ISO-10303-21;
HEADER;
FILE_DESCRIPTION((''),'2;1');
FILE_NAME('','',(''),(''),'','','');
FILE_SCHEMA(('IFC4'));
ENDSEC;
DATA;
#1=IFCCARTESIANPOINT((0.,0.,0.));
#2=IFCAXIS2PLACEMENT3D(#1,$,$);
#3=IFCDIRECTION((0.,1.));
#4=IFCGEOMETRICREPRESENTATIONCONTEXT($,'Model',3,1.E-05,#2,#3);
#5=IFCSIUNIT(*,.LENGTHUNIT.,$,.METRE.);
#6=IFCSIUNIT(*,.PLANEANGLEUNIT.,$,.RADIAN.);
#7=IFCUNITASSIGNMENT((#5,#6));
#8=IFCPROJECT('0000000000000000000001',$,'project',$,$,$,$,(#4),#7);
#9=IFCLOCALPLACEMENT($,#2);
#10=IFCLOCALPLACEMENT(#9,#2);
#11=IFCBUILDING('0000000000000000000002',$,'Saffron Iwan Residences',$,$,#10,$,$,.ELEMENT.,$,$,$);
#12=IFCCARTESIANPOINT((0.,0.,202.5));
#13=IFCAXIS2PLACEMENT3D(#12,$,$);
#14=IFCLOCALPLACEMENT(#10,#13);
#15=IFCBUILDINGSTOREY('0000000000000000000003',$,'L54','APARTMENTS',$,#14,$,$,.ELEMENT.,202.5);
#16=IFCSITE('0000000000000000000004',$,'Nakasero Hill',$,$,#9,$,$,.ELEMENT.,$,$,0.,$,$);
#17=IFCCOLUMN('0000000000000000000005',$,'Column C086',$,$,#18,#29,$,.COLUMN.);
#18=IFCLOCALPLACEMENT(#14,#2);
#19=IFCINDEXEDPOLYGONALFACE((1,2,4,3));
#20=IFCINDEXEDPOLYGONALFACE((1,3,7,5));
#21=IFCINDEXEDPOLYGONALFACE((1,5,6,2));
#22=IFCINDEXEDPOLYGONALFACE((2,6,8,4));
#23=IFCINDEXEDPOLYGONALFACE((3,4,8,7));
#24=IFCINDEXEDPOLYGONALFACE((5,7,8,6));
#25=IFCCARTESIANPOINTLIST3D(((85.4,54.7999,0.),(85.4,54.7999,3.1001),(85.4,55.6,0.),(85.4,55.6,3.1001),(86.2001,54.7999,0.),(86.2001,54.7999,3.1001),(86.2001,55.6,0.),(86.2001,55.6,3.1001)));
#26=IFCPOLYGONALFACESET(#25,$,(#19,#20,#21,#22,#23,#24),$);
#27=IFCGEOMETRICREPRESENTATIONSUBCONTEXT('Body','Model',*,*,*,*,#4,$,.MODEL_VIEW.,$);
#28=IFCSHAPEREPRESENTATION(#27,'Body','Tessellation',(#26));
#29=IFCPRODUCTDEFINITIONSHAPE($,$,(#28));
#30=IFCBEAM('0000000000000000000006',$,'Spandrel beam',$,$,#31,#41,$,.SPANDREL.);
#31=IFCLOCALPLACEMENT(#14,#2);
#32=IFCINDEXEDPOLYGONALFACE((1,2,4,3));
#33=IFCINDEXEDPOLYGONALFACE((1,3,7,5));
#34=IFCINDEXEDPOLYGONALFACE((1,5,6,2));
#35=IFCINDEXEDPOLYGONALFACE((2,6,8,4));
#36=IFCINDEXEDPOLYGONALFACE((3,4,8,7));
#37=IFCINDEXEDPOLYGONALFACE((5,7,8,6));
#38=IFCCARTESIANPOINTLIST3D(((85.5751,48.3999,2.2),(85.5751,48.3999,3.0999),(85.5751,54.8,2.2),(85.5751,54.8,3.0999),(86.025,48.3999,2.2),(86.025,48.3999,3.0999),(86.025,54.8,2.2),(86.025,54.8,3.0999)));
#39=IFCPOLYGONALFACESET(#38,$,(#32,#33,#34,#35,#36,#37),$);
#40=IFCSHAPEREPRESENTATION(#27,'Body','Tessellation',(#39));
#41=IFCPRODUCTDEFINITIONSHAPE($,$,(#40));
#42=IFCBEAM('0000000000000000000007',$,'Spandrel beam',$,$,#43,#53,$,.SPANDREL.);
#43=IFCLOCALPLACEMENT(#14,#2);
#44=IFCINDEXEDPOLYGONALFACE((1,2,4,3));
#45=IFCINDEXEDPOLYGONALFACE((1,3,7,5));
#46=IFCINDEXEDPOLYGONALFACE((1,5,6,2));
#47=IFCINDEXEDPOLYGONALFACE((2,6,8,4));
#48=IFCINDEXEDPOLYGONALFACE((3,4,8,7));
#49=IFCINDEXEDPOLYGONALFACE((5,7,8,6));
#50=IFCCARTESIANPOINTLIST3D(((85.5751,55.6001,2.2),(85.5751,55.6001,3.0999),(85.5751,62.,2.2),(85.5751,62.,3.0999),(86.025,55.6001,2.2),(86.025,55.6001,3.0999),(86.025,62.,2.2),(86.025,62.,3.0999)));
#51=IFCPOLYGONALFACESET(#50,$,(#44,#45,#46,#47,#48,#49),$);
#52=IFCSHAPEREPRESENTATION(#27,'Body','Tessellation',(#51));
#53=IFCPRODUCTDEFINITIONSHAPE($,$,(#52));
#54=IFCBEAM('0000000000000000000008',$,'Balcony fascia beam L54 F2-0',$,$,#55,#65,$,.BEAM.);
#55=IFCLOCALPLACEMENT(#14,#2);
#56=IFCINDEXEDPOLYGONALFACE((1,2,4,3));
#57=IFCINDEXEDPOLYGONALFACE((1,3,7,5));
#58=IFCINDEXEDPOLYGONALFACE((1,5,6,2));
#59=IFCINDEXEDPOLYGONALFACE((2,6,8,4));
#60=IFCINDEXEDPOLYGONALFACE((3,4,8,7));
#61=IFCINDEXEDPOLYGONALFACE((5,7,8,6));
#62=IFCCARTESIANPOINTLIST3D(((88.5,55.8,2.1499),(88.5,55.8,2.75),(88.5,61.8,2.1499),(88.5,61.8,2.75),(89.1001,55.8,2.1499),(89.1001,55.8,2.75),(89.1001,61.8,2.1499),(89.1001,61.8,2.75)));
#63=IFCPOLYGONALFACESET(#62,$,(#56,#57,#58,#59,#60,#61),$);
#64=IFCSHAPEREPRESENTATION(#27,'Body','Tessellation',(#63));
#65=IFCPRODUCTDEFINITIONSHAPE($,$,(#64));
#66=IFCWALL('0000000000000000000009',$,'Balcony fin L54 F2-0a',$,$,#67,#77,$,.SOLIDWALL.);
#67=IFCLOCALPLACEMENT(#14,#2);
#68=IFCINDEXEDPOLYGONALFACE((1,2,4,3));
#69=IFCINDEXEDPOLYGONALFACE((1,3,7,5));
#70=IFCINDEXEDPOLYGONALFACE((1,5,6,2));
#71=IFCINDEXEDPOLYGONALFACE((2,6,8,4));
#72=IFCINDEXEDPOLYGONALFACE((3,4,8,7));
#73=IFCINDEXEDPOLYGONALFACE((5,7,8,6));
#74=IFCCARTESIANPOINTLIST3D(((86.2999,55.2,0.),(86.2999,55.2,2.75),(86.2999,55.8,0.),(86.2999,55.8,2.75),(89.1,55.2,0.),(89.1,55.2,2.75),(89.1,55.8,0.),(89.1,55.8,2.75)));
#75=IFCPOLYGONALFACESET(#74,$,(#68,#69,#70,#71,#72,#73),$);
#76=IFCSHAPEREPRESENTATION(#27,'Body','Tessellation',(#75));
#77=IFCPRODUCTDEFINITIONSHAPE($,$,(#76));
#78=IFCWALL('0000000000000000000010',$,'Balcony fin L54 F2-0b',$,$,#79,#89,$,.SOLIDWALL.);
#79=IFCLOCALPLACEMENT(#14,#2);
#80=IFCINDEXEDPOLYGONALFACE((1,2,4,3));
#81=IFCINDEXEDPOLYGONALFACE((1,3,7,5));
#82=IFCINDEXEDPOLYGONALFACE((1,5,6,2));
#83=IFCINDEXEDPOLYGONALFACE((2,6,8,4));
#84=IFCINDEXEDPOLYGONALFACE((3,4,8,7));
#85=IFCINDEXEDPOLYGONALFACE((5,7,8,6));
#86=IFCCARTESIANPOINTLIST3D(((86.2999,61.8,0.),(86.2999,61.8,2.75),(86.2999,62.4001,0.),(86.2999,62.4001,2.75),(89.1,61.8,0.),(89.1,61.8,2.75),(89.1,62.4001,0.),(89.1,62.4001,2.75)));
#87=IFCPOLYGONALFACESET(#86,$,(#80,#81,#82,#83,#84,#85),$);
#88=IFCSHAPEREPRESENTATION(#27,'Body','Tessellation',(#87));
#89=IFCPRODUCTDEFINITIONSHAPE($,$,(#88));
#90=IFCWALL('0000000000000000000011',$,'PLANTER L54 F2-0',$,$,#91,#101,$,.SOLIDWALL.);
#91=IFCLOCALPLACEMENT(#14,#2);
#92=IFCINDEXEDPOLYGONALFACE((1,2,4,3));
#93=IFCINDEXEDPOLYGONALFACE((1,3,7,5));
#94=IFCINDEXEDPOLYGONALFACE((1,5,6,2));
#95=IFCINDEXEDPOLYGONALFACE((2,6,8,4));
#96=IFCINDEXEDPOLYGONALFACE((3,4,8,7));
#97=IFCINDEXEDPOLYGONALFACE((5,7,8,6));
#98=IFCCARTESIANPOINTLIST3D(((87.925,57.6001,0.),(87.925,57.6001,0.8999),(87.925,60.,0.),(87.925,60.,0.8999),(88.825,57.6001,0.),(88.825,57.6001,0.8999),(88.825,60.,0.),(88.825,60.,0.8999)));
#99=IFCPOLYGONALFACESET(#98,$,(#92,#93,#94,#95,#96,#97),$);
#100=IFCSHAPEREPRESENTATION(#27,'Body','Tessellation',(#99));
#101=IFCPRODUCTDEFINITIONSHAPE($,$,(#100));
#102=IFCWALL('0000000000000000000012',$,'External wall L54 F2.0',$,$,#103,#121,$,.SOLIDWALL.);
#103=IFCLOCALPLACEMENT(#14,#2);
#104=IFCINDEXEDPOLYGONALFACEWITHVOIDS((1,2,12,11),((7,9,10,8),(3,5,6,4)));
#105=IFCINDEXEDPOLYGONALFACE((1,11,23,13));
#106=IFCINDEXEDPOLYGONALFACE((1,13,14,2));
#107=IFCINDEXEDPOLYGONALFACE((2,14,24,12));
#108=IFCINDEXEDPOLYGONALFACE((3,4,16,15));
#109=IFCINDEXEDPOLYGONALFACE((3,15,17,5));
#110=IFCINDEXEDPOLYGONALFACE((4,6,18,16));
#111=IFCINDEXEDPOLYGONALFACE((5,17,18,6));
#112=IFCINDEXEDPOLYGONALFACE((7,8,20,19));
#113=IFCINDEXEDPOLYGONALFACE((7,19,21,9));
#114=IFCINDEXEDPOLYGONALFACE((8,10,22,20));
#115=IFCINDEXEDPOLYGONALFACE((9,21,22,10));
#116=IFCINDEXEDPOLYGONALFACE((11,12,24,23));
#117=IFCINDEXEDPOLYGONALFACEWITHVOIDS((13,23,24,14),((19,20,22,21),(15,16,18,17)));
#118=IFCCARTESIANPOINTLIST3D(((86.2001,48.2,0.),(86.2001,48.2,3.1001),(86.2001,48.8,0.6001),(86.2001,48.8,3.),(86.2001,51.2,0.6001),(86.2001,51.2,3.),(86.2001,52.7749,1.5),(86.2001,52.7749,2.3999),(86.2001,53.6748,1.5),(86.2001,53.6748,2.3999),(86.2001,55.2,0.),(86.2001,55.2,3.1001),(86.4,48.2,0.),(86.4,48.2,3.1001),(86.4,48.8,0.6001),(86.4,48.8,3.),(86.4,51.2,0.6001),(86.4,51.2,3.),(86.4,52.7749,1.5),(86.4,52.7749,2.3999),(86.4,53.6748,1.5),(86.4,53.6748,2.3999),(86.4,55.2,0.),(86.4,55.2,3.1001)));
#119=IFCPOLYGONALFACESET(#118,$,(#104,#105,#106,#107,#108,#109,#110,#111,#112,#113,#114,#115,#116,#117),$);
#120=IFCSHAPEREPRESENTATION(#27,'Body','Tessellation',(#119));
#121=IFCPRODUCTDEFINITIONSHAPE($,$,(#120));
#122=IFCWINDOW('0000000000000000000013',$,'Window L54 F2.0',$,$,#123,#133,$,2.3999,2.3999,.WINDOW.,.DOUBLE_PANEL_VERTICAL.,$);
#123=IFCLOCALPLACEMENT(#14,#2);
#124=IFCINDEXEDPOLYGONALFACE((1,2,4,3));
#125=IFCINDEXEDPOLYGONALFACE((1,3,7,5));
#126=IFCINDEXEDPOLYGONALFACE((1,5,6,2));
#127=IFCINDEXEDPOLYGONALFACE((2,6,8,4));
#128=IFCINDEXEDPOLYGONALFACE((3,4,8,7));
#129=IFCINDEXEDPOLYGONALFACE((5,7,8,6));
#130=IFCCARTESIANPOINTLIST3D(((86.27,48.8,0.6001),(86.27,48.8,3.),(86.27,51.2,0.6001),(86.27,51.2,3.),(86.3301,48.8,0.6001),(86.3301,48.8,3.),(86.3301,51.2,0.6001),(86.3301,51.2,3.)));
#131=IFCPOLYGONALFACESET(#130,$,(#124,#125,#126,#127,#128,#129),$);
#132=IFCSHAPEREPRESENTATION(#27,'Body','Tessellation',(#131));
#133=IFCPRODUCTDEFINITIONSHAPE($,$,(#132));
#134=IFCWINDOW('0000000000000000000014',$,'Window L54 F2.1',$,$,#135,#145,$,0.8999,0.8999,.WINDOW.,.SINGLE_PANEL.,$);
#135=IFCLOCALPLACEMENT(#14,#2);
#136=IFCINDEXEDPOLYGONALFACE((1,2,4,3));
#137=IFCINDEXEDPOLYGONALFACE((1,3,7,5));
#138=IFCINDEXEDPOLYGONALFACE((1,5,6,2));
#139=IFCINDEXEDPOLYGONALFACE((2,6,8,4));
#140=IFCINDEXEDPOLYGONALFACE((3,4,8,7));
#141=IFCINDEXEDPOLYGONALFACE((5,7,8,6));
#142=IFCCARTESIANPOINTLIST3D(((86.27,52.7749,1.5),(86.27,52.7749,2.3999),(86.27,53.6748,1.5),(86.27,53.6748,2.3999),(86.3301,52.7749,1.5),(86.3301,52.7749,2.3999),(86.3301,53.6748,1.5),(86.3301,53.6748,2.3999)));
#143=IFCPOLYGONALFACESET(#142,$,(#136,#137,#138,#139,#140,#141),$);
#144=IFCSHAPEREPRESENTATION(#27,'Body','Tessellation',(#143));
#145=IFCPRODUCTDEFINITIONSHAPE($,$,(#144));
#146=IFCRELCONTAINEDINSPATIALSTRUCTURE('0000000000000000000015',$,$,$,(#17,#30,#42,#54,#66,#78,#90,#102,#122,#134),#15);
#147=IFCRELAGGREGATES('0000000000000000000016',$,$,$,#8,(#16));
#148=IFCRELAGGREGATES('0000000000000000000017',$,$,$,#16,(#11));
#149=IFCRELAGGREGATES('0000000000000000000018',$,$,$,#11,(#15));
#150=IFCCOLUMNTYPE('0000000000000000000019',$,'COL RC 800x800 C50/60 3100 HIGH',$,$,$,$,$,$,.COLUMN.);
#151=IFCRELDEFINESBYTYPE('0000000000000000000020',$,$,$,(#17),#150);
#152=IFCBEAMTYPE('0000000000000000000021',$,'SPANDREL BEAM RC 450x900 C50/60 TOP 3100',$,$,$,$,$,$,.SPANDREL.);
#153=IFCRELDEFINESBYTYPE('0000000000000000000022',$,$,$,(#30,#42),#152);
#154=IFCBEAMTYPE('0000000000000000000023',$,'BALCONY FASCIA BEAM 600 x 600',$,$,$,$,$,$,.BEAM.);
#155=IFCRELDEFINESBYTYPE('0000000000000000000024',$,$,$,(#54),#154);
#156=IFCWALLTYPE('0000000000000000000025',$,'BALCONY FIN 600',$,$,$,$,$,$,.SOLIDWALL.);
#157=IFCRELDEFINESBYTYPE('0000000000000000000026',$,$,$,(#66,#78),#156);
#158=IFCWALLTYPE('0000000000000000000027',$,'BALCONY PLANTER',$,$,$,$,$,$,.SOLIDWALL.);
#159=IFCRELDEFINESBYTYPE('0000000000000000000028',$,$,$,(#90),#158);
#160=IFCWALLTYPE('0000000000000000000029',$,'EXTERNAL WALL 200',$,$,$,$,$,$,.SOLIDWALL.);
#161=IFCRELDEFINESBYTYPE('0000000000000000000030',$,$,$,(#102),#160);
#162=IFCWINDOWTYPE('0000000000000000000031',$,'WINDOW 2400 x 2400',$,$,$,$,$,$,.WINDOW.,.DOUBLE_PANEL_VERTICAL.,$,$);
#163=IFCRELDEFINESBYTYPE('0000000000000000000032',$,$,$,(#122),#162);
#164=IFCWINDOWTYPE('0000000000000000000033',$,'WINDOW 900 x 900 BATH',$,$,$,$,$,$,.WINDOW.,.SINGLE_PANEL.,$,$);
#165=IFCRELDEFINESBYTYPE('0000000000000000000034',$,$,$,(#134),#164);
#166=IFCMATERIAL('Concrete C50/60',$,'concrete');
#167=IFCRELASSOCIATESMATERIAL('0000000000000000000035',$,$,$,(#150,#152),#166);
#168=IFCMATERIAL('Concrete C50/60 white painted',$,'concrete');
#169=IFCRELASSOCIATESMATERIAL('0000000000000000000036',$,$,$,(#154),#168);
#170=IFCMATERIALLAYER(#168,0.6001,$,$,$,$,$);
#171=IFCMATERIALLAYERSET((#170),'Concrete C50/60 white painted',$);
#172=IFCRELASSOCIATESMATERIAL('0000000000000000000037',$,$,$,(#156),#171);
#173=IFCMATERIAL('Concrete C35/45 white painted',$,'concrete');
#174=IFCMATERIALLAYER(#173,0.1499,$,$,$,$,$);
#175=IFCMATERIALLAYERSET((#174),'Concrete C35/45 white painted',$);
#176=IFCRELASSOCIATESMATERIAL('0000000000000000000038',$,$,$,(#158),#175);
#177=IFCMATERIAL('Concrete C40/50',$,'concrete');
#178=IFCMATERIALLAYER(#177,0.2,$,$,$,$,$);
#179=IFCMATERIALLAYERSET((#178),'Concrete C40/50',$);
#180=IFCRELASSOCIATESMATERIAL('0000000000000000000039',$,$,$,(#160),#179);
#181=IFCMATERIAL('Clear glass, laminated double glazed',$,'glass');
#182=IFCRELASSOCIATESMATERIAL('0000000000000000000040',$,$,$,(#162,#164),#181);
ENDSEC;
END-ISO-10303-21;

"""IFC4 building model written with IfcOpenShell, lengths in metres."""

from ifc_helpers import new_model, si_unit, direction, frame, frame_2d, origin, origin_2d, place, context, subcontext, project, spatial, rectangle, extrude, source, transform, mapped, material, layer, layer_set, material_profile, profile_set, type_object, element, fill, save


model = new_model("IFC4")

# Units and contexts
model_context = context("Model", 3, precision=1e-05, world=origin(), true_north=direction((0.0, 1.0)))
body_context = subcontext(model_context, "Body", "Model", "MODEL_VIEW")
ifc_project = project(units=[si_unit("LENGTHUNIT", "METRE"), si_unit("PLANEANGLEUNIT", "RADIAN")], contexts=[model_context])

# Site, building, storey
site_placement = place(None, origin())
site = spatial("IfcSite", under=ifc_project, at=site_placement, Name="Nakasero Hill", CompositionType="ELEMENT", RefElevation=0.0)
building_placement = place(site_placement, origin())
building = spatial("IfcBuilding", under=site, at=building_placement, Name="Saffron Iwan Residences", CompositionType="ELEMENT")
storey_placement = place(building_placement, frame((0.0, 0.0, 202.5)))
storey = spatial("IfcBuildingStorey", under=building, at=storey_placement, Name="L54", Description="APARTMENTS", CompositionType="ELEMENT", Elevation=202.5)

# Column
ifc_material_1 = material(Name="Concrete C50/60", Category="concrete")
ifc_material_profile_1 = material_profile(ifc_material_1, rectangle(XDim=0.8, YDim=0.8, at=origin_2d()), Name="RC 800x800")
ifc_profile_set_1 = profile_set([ifc_material_profile_1], Name="Concrete C50/60")
column_type = type_object("IfcColumnType", Name="COL RC 800x800 C50/60 3100 HIGH", PredefinedType="COLUMN", material=ifc_profile_set_1)
shared_shape_1 = source(origin(), body_context, "Body", "SweptSolid", [
    extrude(rectangle(XDim=0.8, YDim=0.8, at=origin_2d()), origin(), (0.0, 0.0, 1.0), 3.1001),
])
column_placement = place(storey_placement, frame((85.8, 55.2, 0.0), z_axis=(0.0, 0.0, 1.0), x_axis=(1.0, 0.0, 0.0)))
element("IfcColumn", 1, at=column_placement, inside=storey, type_object=column_type, Name="Column C086", PredefinedType="COLUMN", context=body_context, shape_type="MappedRepresentation", body=[
    mapped(shared_shape_1, transform((0.0, 0.0, 0.0))),
])

# Beams
ifc_material_profile_2 = material_profile(ifc_material_1, rectangle(XDim=0.45, YDim=0.8999, at=origin_2d()), Name="RC 450x900")
ifc_profile_set_2 = profile_set([ifc_material_profile_2], Name="Concrete C50/60")
beam_type_1 = type_object("IfcBeamType", Name="SPANDREL BEAM RC 450x900 C50/60 TOP 3100", PredefinedType="SPANDREL", material=ifc_profile_set_2)
shared_shape_2 = source(origin(), body_context, "Body", "SweptSolid", [
    extrude(rectangle(XDim=0.45, YDim=0.8999, at=origin_2d()), origin(), (0.0, 0.0, 1.0), 6.4001),
])
beam_1_placement = place(storey_placement, frame((85.8, 54.8, 2.6499), z_axis=(0.0, -1.0, 0.0), x_axis=(1.0, 0.0, 0.0)))
element("IfcBeam", 2, at=beam_1_placement, inside=storey, type_object=beam_type_1, Name="Spandrel beam", PredefinedType="SPANDREL", context=body_context, shape_type="MappedRepresentation", body=[
    mapped(shared_shape_2, transform((0.0, 0.0, 0.0))),
])
shared_shape_3 = source(origin(), body_context, "Body", "SweptSolid", [
    extrude(rectangle(XDim=0.45, YDim=0.8999, at=origin_2d()), origin(), (0.0, 0.0, 1.0), 6.3999),
])
beam_2_placement = place(storey_placement, frame((85.8, 62.0, 2.6499), z_axis=(0.0, -1.0, 0.0), x_axis=(1.0, 0.0, 0.0)))
element("IfcBeam", 3, at=beam_2_placement, inside=storey, type_object=beam_type_1, Name="Spandrel beam", PredefinedType="SPANDREL", context=body_context, shape_type="MappedRepresentation", body=[
    mapped(shared_shape_3, transform((0.0, 0.0, 0.0))),
])
ifc_material_2 = material(Name="Concrete C50/60 white painted", Category="concrete")
ifc_material_profile_3 = material_profile(ifc_material_2, rectangle(XDim=0.6001, YDim=0.6001, at=origin_2d()), Name="BALCONY FASCIA BEAM 600 x 600")
ifc_profile_set_3 = profile_set([ifc_material_profile_3], Name="Concrete C50/60 white painted")
beam_type_2 = type_object("IfcBeamType", Name="BALCONY FASCIA BEAM 600 x 600", PredefinedType="BEAM", material=ifc_profile_set_3)
shared_shape_4 = source(origin(), body_context, "Body", "SweptSolid", [
    extrude(rectangle(XDim=0.6001, YDim=0.6001, at=origin_2d()), origin(), (0.0, 0.0, 1.0), 6.0),
])
beam_3_placement = place(storey_placement, frame((88.8, 55.8, 2.45), z_axis=(0.0, 1.0, 0.0), x_axis=(-1.0, 0.0, 0.0)))
element("IfcBeam", 4, at=beam_3_placement, inside=storey, type_object=beam_type_2, Name="Balcony fascia beam L54 F2-0", PredefinedType="BEAM", context=body_context, shape_type="MappedRepresentation", body=[
    mapped(shared_shape_4, transform((0.0, 0.0, 0.0))),
])

# Walls
ifc_layer_1 = layer(ifc_material_2, 0.6001)
ifc_layer_set_1 = layer_set([ifc_layer_1], Name="Concrete C50/60 white painted")
wall_type_1 = type_object("IfcWallType", Name="BALCONY FIN 600", PredefinedType="SOLIDWALL", material=ifc_layer_set_1)
for number, where, z_axis, x_axis, name in (
    (5, (86.3, 55.5, 0.0), (0.0, 0.0, 1.0), (1.0, 0.0, 0.0), "Balcony fin L54 F2-0a"),
    (6, (86.3, 62.1001, 0.0), (0.0, 0.0, 1.0), (1.0, 0.0, 0.0), "Balcony fin L54 F2-0b"),
):
    element("IfcWall", number, at=place(storey_placement, frame(where, z_axis=z_axis, x_axis=x_axis)), inside=storey, type_object=wall_type_1, Name=name, PredefinedType="SOLIDWALL", context=body_context, shape_type="SweptSolid", body=[
        extrude(rectangle(XDim=2.8, YDim=0.6001, at=frame_2d((1.3999, 0.0))), origin(), (0.0, 0.0, 1.0), 2.75),
    ])
ifc_material_3 = material(Name="Concrete C35/45 white painted", Category="concrete")
ifc_layer_2 = layer(ifc_material_3, 0.1499)
ifc_layer_set_2 = layer_set([ifc_layer_2], Name="Concrete C35/45 white painted")
wall_type_2 = type_object("IfcWallType", Name="BALCONY PLANTER", PredefinedType="SOLIDWALL", material=ifc_layer_set_2)
wall_1_placement = place(storey_placement, frame((88.375, 57.6001, 0.0), z_axis=(0.0, 0.0, 1.0), x_axis=(0.0, 1.0, 0.0)))
element("IfcWall", 7, at=wall_1_placement, inside=storey, type_object=wall_type_2, Name="PLANTER L54 F2-0", PredefinedType="SOLIDWALL", context=body_context, shape_type="SweptSolid", body=[
    extrude(rectangle(XDim=2.3999, YDim=0.8999, at=frame_2d((1.2, 0.0))), origin(), (0.0, 0.0, 1.0), 0.8999),
])

# Wall, openings, windows
ifc_material_4 = material(Name="Concrete C40/50", Category="concrete")
ifc_layer_3 = layer(ifc_material_4, 0.2)
ifc_layer_set_3 = layer_set([ifc_layer_3], Name="Concrete C40/50")
wall_type_3 = type_object("IfcWallType", Name="EXTERNAL WALL 200", PredefinedType="SOLIDWALL", material=ifc_layer_set_3)
wall_2_placement = place(storey_placement, frame((86.3, 48.2, 0.0), z_axis=(0.0, 0.0, 1.0), x_axis=(0.0, 1.0, 0.0)))
wall_2 = element("IfcWall", 8, at=wall_2_placement, inside=storey, type_object=wall_type_3, Name="External wall L54 F2.0", PredefinedType="SOLIDWALL", context=body_context, shape_type="SweptSolid", body=[
    extrude(rectangle(XDim=7.0, YDim=0.2, at=frame_2d((3.5, 0.0))), origin(), (0.0, 0.0, 1.0), 3.1001),
])
opening_1_placement = place(wall_2_placement, frame((0.6001, 0.0, 0.6001)))
opening_1 = element("IfcOpeningElement", 9, at=opening_1_placement, cuts=wall_2, PredefinedType="OPENING", context=body_context, shape_type="SweptSolid", body=[
    extrude(rectangle(XDim=2.3999, YDim=2.3999, at=frame_2d((1.2, 1.2))), frame((0.0, 0.1099, 0.0), z_axis=(0.0, -1.0, 0.0), x_axis=(1.0, 0.0, 0.0)), (0.0, 0.0, 1.0), 0.22),
])
opening_2_placement = place(wall_2_placement, frame((4.575, 0.0, 1.5)))
opening_2 = element("IfcOpeningElement", 10, at=opening_2_placement, cuts=wall_2, PredefinedType="OPENING", context=body_context, shape_type="SweptSolid", body=[
    extrude(rectangle(XDim=0.8999, YDim=0.8999, at=frame_2d((0.45, 0.45))), frame((0.0, 0.1099, 0.0), z_axis=(0.0, -1.0, 0.0), x_axis=(1.0, 0.0, 0.0)), (0.0, 0.0, 1.0), 0.22),
])
ifc_material_5 = material(Name="Clear glass, laminated double glazed", Category="glass")
window_type_1 = type_object("IfcWindowType", Name="WINDOW 2400 x 2400", PartitioningType="DOUBLE_PANEL_VERTICAL", PredefinedType="WINDOW", material=ifc_material_5)
window_1_placement = place(opening_1_placement, origin())
window_1 = element("IfcWindow", 11, at=window_1_placement, inside=storey, type_object=window_type_1, Name="Window L54 F2.0", OverallHeight=2.3999, OverallWidth=2.3999, PartitioningType="DOUBLE_PANEL_VERTICAL", PredefinedType="WINDOW", context=body_context, shape_type="SweptSolid", body=[
    extrude(rectangle(XDim=2.3999, YDim=2.3999, at=frame_2d((1.2, 1.2))), frame((0.0, 0.03, 0.0), z_axis=(0.0, -1.0, 0.0), x_axis=(1.0, 0.0, 0.0)), (0.0, 0.0, 1.0), 0.0601),
])
fill(opening_1, window_1)
window_type_2 = type_object("IfcWindowType", Name="WINDOW 900 x 900 BATH", PartitioningType="SINGLE_PANEL", PredefinedType="WINDOW", material=ifc_material_5)
window_2_placement = place(opening_2_placement, origin())
window_2 = element("IfcWindow", 12, at=window_2_placement, inside=storey, type_object=window_type_2, Name="Window L54 F2.1", OverallHeight=0.8999, OverallWidth=0.8999, PartitioningType="SINGLE_PANEL", PredefinedType="WINDOW", context=body_context, shape_type="SweptSolid", body=[
    extrude(rectangle(XDim=0.8999, YDim=0.8999, at=frame_2d((0.45, 0.45))), frame((0.0, 0.03, 0.0), z_axis=(0.0, -1.0, 0.0), x_axis=(1.0, 0.0, 0.0)), (0.0, 0.0, 1.0), 0.0601),
])
fill(opening_2, window_2)

save(model, "model.ifc")
